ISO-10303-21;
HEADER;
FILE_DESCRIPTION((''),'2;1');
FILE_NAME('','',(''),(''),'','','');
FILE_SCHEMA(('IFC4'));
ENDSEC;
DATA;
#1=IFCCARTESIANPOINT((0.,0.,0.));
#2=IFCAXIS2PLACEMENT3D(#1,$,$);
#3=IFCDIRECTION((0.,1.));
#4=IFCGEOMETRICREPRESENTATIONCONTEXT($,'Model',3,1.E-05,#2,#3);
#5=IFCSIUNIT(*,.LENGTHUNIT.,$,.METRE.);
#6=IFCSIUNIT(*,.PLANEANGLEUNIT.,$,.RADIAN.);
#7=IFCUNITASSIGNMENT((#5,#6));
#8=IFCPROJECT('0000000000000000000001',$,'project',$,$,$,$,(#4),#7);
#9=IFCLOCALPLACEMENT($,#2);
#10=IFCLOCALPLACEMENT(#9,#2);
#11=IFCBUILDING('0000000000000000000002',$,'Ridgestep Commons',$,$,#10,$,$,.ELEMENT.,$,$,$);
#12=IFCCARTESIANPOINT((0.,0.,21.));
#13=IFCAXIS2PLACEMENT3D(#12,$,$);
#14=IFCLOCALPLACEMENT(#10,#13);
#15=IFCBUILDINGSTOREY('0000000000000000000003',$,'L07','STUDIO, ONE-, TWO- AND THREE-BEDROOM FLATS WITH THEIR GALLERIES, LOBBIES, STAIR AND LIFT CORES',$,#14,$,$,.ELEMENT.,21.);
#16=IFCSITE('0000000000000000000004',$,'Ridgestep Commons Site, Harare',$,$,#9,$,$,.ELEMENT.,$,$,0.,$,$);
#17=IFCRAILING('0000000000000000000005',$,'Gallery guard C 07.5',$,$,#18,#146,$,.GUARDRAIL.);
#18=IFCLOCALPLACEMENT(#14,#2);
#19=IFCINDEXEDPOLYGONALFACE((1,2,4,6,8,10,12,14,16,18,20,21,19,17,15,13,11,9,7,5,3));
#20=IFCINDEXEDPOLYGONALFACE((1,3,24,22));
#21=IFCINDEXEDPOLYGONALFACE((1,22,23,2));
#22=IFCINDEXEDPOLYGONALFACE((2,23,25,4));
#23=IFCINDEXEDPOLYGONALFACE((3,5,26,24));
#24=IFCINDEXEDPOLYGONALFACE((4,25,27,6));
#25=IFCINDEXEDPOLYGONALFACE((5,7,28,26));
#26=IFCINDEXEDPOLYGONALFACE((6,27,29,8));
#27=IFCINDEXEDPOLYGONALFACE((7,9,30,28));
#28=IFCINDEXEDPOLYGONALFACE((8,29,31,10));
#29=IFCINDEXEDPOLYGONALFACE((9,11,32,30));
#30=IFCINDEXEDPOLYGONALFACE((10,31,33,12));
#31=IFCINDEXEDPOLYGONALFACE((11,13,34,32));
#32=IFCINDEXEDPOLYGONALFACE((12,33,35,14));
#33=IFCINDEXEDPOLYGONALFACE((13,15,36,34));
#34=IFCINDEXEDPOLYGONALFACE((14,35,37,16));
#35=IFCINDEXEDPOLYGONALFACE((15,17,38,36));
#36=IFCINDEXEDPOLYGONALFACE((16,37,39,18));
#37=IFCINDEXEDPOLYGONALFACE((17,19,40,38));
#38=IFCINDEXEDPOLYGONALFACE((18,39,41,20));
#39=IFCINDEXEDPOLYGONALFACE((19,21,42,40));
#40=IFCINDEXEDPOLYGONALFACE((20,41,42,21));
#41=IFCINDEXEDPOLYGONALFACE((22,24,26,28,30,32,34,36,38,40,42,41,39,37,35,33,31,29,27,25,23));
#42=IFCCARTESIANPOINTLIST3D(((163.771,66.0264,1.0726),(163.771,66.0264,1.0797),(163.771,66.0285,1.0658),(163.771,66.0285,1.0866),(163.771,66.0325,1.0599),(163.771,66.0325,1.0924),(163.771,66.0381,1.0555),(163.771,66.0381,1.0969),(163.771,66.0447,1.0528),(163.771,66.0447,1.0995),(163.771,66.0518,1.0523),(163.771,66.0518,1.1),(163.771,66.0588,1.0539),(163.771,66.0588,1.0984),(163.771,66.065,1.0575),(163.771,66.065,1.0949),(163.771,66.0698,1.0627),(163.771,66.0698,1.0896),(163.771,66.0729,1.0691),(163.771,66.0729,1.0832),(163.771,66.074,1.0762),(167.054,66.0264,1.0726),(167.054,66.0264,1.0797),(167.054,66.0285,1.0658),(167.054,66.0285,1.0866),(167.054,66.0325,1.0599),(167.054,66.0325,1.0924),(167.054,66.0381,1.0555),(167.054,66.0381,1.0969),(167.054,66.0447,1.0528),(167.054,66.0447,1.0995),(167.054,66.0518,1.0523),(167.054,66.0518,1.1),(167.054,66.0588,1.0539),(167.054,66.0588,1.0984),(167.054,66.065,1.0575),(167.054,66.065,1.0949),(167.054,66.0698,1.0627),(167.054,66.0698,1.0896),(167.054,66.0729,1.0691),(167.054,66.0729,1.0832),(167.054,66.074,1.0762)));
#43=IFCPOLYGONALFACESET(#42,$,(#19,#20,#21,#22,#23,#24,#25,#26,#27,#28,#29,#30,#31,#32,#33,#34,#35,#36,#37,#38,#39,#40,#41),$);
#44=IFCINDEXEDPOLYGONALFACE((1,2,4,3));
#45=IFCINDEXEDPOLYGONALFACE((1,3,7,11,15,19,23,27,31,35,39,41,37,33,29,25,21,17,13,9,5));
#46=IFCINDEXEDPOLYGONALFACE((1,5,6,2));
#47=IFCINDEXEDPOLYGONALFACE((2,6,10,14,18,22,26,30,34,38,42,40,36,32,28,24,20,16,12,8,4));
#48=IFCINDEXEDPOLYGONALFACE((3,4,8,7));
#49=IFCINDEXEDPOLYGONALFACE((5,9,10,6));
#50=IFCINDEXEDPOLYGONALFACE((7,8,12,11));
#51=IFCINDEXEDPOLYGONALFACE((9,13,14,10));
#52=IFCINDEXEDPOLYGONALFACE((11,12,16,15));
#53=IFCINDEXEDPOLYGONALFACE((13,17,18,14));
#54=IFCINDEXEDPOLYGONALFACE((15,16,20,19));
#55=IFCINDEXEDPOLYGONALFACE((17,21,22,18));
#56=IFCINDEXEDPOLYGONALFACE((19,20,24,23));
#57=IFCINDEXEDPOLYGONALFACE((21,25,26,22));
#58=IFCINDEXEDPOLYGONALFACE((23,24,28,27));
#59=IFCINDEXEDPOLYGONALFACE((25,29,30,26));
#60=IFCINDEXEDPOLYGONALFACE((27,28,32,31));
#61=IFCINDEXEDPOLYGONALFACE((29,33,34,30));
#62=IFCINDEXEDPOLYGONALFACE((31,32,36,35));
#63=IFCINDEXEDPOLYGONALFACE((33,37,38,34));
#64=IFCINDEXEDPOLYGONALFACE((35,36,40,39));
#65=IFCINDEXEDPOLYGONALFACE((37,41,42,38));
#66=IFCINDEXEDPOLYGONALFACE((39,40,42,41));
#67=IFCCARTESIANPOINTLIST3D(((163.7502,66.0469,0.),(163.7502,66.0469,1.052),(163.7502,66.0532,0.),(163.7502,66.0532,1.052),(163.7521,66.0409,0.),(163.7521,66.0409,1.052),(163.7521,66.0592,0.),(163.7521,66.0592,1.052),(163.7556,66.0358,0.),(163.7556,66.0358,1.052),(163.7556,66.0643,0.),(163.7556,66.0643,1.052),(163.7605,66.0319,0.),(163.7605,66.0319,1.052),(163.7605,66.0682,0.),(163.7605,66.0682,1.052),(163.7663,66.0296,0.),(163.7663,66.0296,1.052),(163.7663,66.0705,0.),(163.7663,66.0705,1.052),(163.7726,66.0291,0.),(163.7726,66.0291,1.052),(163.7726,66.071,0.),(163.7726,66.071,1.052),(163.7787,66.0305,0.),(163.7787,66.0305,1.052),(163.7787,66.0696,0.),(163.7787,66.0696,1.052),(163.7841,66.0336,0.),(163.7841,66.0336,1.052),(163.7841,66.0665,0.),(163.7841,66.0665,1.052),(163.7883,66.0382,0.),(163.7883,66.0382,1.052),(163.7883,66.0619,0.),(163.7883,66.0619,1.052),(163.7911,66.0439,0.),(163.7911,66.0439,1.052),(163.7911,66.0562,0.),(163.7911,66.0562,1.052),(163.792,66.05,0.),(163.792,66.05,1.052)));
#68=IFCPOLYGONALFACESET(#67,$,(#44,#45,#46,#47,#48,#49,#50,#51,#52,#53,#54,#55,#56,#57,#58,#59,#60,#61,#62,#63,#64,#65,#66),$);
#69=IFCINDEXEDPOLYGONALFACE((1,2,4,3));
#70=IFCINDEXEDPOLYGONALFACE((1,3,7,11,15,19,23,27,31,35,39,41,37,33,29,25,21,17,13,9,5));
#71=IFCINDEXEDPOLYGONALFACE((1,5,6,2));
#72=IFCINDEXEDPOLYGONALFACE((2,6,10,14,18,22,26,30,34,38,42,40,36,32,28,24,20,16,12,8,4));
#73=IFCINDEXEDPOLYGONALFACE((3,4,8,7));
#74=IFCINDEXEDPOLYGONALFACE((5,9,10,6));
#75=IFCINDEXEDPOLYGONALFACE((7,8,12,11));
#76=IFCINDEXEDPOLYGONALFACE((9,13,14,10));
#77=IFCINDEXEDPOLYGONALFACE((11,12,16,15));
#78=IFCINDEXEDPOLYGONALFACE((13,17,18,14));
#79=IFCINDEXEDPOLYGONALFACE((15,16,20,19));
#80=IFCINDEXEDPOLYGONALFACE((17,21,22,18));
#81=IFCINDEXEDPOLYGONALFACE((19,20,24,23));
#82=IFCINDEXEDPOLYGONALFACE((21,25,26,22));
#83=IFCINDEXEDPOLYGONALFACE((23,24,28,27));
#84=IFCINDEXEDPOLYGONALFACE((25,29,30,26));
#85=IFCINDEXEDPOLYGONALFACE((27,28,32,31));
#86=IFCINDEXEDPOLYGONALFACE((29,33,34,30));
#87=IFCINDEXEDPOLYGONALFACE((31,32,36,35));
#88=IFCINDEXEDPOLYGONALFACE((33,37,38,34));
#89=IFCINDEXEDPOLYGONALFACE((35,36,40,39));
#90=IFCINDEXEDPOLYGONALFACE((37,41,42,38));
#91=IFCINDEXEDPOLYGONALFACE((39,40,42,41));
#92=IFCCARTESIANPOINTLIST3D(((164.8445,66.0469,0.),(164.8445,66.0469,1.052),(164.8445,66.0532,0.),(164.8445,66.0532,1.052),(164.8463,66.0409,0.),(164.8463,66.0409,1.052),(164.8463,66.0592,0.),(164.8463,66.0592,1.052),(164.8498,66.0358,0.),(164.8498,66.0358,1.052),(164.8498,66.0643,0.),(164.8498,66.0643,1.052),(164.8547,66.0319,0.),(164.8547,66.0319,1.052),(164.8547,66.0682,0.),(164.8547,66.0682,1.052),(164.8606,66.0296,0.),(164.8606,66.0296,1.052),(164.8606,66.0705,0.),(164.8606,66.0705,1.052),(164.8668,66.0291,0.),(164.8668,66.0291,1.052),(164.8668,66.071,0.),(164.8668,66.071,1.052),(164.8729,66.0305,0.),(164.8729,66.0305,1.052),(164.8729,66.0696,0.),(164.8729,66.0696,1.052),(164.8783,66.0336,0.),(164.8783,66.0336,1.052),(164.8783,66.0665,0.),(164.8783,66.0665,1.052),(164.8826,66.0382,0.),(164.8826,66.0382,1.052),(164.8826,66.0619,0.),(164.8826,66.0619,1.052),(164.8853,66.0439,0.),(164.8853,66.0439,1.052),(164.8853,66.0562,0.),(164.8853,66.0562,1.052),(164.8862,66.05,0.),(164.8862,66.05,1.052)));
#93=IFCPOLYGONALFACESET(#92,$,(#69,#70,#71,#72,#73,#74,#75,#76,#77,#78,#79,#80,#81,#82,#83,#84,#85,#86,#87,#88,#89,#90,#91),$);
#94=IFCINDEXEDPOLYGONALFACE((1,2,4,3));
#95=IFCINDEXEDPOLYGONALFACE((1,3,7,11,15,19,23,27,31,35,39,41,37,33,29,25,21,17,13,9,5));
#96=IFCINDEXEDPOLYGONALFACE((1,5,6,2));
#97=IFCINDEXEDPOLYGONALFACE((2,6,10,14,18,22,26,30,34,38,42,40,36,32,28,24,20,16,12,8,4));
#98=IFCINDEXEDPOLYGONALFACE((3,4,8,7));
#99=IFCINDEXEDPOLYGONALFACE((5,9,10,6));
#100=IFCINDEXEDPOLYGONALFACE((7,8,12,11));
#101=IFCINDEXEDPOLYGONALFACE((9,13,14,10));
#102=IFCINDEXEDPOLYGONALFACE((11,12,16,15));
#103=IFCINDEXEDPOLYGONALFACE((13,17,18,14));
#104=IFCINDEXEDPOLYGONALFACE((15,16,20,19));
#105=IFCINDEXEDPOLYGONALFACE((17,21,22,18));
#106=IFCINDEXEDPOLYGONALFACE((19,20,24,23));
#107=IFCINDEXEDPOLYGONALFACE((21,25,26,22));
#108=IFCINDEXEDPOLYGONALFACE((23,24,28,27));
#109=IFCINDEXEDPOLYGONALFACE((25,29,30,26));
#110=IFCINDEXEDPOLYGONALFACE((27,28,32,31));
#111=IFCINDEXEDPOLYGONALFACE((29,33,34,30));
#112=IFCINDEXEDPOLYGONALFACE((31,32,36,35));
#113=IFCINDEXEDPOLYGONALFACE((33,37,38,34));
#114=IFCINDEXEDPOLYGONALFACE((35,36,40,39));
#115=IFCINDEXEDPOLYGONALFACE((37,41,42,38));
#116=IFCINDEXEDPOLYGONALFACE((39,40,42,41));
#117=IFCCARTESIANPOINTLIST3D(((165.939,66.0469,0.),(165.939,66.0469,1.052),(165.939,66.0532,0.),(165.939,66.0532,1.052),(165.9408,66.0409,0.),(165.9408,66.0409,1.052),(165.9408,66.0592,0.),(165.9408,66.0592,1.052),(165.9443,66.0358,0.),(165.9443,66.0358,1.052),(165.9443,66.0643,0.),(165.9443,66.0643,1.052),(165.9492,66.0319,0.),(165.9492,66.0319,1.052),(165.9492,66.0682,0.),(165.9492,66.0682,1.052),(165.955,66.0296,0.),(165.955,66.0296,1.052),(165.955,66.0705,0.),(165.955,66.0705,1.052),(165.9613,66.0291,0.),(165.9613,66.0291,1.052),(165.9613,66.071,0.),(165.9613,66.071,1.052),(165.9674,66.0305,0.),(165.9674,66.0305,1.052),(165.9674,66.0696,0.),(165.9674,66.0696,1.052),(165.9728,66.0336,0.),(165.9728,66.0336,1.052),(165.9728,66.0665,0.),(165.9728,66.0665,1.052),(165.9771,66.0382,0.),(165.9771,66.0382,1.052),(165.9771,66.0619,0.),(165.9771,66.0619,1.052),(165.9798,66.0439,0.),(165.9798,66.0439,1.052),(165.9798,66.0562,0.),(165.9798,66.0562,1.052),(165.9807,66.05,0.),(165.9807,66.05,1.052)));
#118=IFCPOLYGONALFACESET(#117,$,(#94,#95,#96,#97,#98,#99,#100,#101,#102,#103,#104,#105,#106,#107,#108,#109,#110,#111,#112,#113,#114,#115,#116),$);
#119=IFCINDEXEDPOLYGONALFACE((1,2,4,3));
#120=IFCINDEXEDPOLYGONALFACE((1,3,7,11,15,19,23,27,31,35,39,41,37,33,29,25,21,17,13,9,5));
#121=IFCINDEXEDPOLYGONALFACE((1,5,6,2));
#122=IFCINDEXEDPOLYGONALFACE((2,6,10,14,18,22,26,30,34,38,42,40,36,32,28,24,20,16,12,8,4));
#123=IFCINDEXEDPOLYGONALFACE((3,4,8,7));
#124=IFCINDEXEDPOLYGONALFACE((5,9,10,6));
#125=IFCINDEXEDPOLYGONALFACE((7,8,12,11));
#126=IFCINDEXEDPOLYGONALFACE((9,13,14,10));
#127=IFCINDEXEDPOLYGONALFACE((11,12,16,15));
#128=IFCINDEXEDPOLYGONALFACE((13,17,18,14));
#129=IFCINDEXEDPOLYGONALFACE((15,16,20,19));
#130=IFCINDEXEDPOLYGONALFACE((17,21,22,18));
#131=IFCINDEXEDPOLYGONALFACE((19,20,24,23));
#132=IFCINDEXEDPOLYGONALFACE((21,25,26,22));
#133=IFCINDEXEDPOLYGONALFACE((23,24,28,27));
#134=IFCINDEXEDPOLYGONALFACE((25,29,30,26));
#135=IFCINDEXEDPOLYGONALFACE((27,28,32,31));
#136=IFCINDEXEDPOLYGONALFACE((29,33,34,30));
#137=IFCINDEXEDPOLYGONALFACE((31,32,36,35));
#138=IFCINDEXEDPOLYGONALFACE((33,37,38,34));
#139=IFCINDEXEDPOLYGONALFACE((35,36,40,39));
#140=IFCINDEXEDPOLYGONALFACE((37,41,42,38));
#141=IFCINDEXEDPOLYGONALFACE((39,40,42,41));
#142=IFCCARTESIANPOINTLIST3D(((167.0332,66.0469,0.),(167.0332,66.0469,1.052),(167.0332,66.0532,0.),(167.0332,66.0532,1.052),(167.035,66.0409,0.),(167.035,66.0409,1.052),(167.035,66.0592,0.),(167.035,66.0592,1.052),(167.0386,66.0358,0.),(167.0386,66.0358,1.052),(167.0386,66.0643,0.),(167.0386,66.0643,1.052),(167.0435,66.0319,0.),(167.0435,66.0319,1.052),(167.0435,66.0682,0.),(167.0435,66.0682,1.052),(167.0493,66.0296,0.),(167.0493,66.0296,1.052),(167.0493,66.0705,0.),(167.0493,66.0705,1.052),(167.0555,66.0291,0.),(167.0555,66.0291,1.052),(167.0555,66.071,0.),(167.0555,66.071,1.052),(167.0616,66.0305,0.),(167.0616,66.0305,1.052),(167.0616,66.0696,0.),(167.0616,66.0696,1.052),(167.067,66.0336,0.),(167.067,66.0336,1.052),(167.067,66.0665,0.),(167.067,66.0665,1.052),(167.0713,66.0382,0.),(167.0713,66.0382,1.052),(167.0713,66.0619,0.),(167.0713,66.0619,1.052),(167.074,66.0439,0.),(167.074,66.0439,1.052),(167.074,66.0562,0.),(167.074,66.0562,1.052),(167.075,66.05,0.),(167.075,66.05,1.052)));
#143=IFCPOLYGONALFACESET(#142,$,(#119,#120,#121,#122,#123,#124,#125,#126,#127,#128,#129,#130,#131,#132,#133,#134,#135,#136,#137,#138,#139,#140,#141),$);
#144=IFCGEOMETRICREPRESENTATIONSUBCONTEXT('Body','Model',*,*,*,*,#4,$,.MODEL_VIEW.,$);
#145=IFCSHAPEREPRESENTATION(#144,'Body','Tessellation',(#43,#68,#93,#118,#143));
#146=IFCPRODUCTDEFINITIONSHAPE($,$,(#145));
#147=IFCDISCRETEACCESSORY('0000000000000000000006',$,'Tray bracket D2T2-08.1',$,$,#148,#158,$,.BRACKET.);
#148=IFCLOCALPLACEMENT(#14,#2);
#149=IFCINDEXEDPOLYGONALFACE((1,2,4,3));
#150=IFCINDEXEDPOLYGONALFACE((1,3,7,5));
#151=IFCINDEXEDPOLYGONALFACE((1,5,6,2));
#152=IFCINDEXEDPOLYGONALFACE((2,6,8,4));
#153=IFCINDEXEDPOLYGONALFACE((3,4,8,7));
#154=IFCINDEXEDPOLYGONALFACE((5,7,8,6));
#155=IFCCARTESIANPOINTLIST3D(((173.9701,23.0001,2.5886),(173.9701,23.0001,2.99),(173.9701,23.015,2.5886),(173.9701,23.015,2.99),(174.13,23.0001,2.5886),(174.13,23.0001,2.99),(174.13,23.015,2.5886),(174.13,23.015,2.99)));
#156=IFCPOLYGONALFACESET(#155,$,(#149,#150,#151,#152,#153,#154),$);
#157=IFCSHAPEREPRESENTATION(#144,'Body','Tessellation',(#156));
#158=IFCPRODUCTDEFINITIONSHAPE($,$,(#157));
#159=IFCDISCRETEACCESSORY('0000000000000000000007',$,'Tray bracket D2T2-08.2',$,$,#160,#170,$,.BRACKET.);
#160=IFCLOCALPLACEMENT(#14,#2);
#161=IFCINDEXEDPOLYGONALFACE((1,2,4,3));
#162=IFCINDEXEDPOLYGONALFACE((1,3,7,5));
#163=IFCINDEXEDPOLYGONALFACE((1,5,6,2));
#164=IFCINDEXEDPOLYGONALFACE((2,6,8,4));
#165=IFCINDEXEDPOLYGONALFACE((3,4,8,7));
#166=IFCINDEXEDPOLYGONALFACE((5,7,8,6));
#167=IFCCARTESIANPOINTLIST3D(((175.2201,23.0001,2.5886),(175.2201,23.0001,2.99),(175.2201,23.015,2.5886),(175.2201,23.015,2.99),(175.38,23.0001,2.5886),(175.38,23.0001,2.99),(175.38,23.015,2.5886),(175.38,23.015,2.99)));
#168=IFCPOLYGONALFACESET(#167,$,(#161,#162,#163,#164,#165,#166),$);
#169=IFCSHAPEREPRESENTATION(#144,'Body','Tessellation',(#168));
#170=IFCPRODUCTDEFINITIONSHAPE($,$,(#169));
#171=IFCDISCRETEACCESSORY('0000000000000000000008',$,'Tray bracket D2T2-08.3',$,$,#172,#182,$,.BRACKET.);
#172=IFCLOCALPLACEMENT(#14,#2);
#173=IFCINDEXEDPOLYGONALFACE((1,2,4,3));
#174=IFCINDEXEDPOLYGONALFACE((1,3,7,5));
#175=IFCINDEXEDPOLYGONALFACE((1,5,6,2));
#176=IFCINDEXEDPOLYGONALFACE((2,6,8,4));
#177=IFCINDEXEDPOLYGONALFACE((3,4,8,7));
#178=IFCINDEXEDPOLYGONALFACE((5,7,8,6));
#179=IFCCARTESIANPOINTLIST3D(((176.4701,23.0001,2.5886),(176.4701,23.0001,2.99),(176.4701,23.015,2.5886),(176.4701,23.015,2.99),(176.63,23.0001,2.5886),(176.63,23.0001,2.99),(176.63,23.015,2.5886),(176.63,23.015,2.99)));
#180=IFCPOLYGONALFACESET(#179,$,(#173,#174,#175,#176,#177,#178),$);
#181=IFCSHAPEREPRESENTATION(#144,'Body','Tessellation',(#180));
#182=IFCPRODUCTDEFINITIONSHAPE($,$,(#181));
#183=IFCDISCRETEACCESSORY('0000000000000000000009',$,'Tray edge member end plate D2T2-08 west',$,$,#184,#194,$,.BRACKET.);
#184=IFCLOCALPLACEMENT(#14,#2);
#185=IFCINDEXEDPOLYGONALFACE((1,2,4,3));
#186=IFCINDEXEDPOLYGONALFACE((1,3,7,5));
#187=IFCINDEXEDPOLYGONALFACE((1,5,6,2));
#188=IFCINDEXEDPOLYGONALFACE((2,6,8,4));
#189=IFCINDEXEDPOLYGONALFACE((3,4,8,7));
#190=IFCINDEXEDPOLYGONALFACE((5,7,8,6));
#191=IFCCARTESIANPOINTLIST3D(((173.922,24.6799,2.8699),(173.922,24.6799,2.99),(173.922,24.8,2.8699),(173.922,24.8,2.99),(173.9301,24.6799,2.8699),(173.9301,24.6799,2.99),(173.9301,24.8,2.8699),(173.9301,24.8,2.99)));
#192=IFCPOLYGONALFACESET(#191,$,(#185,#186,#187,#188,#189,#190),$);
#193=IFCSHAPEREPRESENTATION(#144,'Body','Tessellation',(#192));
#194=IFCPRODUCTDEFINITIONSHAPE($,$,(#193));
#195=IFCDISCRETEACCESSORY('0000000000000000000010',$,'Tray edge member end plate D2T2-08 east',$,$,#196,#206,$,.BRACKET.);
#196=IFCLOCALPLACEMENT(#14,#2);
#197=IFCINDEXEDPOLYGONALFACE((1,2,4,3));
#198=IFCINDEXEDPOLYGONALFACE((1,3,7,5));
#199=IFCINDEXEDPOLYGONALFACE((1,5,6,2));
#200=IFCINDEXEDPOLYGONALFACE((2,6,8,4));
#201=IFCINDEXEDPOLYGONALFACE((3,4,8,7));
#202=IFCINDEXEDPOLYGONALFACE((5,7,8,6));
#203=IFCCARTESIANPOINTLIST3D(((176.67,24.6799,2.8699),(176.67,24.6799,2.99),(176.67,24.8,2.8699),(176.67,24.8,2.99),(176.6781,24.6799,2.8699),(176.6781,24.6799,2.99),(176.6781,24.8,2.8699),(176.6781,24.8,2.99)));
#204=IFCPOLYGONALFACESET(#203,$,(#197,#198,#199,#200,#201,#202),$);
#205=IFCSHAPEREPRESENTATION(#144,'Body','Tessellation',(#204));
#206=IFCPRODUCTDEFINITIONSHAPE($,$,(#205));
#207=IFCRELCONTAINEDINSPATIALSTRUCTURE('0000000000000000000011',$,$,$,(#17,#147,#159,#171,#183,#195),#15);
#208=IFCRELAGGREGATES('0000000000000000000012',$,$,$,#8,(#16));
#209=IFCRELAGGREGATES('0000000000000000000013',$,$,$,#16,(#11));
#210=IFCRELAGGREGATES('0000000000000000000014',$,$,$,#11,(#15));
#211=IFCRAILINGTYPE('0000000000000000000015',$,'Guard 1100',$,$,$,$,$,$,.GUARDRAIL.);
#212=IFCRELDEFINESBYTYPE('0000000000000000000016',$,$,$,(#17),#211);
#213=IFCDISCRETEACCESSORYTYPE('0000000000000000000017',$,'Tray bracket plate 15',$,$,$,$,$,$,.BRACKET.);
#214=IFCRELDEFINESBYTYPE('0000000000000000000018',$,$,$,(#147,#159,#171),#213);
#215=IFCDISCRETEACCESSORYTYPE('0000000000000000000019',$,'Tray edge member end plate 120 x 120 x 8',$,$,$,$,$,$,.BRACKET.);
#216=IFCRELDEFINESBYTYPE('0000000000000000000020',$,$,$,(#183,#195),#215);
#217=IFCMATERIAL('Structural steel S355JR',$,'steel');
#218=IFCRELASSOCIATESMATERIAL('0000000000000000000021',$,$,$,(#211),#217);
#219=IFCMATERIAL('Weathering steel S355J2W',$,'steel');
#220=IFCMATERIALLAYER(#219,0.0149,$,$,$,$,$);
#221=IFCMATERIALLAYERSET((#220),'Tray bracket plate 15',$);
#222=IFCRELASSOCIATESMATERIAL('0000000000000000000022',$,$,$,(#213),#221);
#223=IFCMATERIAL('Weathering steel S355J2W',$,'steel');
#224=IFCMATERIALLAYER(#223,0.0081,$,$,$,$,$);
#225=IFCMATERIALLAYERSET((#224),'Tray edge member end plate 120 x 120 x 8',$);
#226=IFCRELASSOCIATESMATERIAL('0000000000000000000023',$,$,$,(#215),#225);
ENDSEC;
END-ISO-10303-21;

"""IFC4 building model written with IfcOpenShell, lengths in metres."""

from ifc_helpers import new_model, si_unit, direction, frame, origin, origin_2d, place, context, subcontext, project, spatial, rectangle, circle, extrude, material, layer, layer_set, type_object, element, save


model = new_model("IFC4")

# Units and contexts
model_context = context("Model", 3, precision=1e-05, world=origin(), true_north=direction((0.0, 1.0)))
body_context = subcontext(model_context, "Body", "Model", "MODEL_VIEW")
ifc_project = project(units=[si_unit("LENGTHUNIT", "METRE"), si_unit("PLANEANGLEUNIT", "RADIAN")], contexts=[model_context])

# Site, building, storey
site_placement = place(None, origin())
site = spatial("IfcSite", under=ifc_project, at=site_placement, Name="Ridgestep Commons Site, Harare", CompositionType="ELEMENT", RefElevation=0.0)
building_placement = place(site_placement, origin())
building = spatial("IfcBuilding", under=site, at=building_placement, Name="Ridgestep Commons", CompositionType="ELEMENT")
storey_placement = place(building_placement, frame((0.0, 0.0, 21.0)))
storey = spatial("IfcBuildingStorey", under=building, at=storey_placement, Name="L07", Description="STUDIO, ONE-, TWO- AND THREE-BEDROOM FLATS WITH THEIR GALLERIES, LOBBIES, STAIR AND LIFT CORES", CompositionType="ELEMENT", Elevation=21.0)

# Railing
ifc_material_1 = material(Name="Structural steel S355JR", Category="steel")
railing_type = type_object("IfcRailingType", Name="Guard 1100", PredefinedType="GUARDRAIL", material=ifc_material_1)
railing_placement = place(storey_placement, frame((163.771, 66.05, 0.0)))
element("IfcRailing", 1, at=railing_placement, inside=storey, type_object=railing_type, Name="Gallery guard C 07.5", PredefinedType="GUARDRAIL", context=body_context, shape_type="SweptSolid", body=[
    extrude(circle(Radius=0.0239, at=origin_2d()), frame((0.0, 0.0, 1.0762), z_axis=(1.0, 0.0, 0.0), x_axis=(0.0, 1.0, 0.0)), (0.0, 0.0, 1.0), 3.283),
    extrude(circle(Radius=0.021, at=origin_2d()), origin(), (0.0, 0.0, 1.0), 1.052),
    extrude(circle(Radius=0.021, at=origin_2d()), frame((1.0942, 0.0, 0.0)), (0.0, 0.0, 1.0), 1.052),
    extrude(circle(Radius=0.021, at=origin_2d()), frame((2.1887, 0.0, 0.0)), (0.0, 0.0, 1.0), 1.052),
    extrude(circle(Radius=0.021, at=origin_2d()), frame((3.283, 0.0, 0.0)), (0.0, 0.0, 1.0), 1.052),
])

# Discrete accessories
ifc_material_2 = material(Name="Weathering steel S355J2W", Category="steel")
ifc_layer_1 = layer(ifc_material_2, 0.0149)
ifc_layer_set_1 = layer_set([ifc_layer_1], Name="Tray bracket plate 15")
discrete_accessory_type_1 = type_object("IfcDiscreteAccessoryType", Name="Tray bracket plate 15", PredefinedType="BRACKET", material=ifc_layer_set_1)
for number, where, z_axis, x_axis, name in (
    (2, (174.05, 23.0076, 2.5886), (0.0, 0.0, 1.0), (1.0, 0.0, 0.0), "Tray bracket D2T2-08.1"),
    (3, (175.3, 23.0076, 2.5886), (0.0, 0.0, 1.0), (1.0, 0.0, 0.0), "Tray bracket D2T2-08.2"),
    (4, (176.55, 23.0076, 2.5886), (0.0, 0.0, 1.0), (1.0, 0.0, 0.0), "Tray bracket D2T2-08.3"),
):
    element("IfcDiscreteAccessory", number, at=place(storey_placement, frame(where, z_axis=z_axis, x_axis=x_axis)), inside=storey, type_object=discrete_accessory_type_1, Name=name, PredefinedType="BRACKET", context=body_context, shape_type="SweptSolid", body=[
        extrude(rectangle(XDim=0.1599, YDim=0.0149, at=origin_2d()), origin(), (0.0, 0.0, 1.0), 0.4014),
    ])
ifc_material_3 = material(Name="Weathering steel S355J2W", Category="steel")
ifc_layer_2 = layer(ifc_material_3, 0.0081)
ifc_layer_set_2 = layer_set([ifc_layer_2], Name="Tray edge member end plate 120 x 120 x 8")
discrete_accessory_type_2 = type_object("IfcDiscreteAccessoryType", Name="Tray edge member end plate 120 x 120 x 8", PredefinedType="BRACKET", material=ifc_layer_set_2)
for number, where, z_axis, x_axis, name in (
    (5, (173.926, 24.74, 2.8699), (0.0, 0.0, 1.0), (1.0, 0.0, 0.0), "Tray edge member end plate D2T2-08 west"),
    (6, (176.6741, 24.74, 2.8699), (0.0, 0.0, 1.0), (1.0, 0.0, 0.0), "Tray edge member end plate D2T2-08 east"),
):
    element("IfcDiscreteAccessory", number, at=place(storey_placement, frame(where, z_axis=z_axis, x_axis=x_axis)), inside=storey, type_object=discrete_accessory_type_2, Name=name, PredefinedType="BRACKET", context=body_context, shape_type="SweptSolid", body=[
        extrude(rectangle(XDim=0.0081, YDim=0.1201, at=origin_2d()), origin(), (0.0, 0.0, 1.0), 0.1201),
    ])

save(model, "model.ifc")
